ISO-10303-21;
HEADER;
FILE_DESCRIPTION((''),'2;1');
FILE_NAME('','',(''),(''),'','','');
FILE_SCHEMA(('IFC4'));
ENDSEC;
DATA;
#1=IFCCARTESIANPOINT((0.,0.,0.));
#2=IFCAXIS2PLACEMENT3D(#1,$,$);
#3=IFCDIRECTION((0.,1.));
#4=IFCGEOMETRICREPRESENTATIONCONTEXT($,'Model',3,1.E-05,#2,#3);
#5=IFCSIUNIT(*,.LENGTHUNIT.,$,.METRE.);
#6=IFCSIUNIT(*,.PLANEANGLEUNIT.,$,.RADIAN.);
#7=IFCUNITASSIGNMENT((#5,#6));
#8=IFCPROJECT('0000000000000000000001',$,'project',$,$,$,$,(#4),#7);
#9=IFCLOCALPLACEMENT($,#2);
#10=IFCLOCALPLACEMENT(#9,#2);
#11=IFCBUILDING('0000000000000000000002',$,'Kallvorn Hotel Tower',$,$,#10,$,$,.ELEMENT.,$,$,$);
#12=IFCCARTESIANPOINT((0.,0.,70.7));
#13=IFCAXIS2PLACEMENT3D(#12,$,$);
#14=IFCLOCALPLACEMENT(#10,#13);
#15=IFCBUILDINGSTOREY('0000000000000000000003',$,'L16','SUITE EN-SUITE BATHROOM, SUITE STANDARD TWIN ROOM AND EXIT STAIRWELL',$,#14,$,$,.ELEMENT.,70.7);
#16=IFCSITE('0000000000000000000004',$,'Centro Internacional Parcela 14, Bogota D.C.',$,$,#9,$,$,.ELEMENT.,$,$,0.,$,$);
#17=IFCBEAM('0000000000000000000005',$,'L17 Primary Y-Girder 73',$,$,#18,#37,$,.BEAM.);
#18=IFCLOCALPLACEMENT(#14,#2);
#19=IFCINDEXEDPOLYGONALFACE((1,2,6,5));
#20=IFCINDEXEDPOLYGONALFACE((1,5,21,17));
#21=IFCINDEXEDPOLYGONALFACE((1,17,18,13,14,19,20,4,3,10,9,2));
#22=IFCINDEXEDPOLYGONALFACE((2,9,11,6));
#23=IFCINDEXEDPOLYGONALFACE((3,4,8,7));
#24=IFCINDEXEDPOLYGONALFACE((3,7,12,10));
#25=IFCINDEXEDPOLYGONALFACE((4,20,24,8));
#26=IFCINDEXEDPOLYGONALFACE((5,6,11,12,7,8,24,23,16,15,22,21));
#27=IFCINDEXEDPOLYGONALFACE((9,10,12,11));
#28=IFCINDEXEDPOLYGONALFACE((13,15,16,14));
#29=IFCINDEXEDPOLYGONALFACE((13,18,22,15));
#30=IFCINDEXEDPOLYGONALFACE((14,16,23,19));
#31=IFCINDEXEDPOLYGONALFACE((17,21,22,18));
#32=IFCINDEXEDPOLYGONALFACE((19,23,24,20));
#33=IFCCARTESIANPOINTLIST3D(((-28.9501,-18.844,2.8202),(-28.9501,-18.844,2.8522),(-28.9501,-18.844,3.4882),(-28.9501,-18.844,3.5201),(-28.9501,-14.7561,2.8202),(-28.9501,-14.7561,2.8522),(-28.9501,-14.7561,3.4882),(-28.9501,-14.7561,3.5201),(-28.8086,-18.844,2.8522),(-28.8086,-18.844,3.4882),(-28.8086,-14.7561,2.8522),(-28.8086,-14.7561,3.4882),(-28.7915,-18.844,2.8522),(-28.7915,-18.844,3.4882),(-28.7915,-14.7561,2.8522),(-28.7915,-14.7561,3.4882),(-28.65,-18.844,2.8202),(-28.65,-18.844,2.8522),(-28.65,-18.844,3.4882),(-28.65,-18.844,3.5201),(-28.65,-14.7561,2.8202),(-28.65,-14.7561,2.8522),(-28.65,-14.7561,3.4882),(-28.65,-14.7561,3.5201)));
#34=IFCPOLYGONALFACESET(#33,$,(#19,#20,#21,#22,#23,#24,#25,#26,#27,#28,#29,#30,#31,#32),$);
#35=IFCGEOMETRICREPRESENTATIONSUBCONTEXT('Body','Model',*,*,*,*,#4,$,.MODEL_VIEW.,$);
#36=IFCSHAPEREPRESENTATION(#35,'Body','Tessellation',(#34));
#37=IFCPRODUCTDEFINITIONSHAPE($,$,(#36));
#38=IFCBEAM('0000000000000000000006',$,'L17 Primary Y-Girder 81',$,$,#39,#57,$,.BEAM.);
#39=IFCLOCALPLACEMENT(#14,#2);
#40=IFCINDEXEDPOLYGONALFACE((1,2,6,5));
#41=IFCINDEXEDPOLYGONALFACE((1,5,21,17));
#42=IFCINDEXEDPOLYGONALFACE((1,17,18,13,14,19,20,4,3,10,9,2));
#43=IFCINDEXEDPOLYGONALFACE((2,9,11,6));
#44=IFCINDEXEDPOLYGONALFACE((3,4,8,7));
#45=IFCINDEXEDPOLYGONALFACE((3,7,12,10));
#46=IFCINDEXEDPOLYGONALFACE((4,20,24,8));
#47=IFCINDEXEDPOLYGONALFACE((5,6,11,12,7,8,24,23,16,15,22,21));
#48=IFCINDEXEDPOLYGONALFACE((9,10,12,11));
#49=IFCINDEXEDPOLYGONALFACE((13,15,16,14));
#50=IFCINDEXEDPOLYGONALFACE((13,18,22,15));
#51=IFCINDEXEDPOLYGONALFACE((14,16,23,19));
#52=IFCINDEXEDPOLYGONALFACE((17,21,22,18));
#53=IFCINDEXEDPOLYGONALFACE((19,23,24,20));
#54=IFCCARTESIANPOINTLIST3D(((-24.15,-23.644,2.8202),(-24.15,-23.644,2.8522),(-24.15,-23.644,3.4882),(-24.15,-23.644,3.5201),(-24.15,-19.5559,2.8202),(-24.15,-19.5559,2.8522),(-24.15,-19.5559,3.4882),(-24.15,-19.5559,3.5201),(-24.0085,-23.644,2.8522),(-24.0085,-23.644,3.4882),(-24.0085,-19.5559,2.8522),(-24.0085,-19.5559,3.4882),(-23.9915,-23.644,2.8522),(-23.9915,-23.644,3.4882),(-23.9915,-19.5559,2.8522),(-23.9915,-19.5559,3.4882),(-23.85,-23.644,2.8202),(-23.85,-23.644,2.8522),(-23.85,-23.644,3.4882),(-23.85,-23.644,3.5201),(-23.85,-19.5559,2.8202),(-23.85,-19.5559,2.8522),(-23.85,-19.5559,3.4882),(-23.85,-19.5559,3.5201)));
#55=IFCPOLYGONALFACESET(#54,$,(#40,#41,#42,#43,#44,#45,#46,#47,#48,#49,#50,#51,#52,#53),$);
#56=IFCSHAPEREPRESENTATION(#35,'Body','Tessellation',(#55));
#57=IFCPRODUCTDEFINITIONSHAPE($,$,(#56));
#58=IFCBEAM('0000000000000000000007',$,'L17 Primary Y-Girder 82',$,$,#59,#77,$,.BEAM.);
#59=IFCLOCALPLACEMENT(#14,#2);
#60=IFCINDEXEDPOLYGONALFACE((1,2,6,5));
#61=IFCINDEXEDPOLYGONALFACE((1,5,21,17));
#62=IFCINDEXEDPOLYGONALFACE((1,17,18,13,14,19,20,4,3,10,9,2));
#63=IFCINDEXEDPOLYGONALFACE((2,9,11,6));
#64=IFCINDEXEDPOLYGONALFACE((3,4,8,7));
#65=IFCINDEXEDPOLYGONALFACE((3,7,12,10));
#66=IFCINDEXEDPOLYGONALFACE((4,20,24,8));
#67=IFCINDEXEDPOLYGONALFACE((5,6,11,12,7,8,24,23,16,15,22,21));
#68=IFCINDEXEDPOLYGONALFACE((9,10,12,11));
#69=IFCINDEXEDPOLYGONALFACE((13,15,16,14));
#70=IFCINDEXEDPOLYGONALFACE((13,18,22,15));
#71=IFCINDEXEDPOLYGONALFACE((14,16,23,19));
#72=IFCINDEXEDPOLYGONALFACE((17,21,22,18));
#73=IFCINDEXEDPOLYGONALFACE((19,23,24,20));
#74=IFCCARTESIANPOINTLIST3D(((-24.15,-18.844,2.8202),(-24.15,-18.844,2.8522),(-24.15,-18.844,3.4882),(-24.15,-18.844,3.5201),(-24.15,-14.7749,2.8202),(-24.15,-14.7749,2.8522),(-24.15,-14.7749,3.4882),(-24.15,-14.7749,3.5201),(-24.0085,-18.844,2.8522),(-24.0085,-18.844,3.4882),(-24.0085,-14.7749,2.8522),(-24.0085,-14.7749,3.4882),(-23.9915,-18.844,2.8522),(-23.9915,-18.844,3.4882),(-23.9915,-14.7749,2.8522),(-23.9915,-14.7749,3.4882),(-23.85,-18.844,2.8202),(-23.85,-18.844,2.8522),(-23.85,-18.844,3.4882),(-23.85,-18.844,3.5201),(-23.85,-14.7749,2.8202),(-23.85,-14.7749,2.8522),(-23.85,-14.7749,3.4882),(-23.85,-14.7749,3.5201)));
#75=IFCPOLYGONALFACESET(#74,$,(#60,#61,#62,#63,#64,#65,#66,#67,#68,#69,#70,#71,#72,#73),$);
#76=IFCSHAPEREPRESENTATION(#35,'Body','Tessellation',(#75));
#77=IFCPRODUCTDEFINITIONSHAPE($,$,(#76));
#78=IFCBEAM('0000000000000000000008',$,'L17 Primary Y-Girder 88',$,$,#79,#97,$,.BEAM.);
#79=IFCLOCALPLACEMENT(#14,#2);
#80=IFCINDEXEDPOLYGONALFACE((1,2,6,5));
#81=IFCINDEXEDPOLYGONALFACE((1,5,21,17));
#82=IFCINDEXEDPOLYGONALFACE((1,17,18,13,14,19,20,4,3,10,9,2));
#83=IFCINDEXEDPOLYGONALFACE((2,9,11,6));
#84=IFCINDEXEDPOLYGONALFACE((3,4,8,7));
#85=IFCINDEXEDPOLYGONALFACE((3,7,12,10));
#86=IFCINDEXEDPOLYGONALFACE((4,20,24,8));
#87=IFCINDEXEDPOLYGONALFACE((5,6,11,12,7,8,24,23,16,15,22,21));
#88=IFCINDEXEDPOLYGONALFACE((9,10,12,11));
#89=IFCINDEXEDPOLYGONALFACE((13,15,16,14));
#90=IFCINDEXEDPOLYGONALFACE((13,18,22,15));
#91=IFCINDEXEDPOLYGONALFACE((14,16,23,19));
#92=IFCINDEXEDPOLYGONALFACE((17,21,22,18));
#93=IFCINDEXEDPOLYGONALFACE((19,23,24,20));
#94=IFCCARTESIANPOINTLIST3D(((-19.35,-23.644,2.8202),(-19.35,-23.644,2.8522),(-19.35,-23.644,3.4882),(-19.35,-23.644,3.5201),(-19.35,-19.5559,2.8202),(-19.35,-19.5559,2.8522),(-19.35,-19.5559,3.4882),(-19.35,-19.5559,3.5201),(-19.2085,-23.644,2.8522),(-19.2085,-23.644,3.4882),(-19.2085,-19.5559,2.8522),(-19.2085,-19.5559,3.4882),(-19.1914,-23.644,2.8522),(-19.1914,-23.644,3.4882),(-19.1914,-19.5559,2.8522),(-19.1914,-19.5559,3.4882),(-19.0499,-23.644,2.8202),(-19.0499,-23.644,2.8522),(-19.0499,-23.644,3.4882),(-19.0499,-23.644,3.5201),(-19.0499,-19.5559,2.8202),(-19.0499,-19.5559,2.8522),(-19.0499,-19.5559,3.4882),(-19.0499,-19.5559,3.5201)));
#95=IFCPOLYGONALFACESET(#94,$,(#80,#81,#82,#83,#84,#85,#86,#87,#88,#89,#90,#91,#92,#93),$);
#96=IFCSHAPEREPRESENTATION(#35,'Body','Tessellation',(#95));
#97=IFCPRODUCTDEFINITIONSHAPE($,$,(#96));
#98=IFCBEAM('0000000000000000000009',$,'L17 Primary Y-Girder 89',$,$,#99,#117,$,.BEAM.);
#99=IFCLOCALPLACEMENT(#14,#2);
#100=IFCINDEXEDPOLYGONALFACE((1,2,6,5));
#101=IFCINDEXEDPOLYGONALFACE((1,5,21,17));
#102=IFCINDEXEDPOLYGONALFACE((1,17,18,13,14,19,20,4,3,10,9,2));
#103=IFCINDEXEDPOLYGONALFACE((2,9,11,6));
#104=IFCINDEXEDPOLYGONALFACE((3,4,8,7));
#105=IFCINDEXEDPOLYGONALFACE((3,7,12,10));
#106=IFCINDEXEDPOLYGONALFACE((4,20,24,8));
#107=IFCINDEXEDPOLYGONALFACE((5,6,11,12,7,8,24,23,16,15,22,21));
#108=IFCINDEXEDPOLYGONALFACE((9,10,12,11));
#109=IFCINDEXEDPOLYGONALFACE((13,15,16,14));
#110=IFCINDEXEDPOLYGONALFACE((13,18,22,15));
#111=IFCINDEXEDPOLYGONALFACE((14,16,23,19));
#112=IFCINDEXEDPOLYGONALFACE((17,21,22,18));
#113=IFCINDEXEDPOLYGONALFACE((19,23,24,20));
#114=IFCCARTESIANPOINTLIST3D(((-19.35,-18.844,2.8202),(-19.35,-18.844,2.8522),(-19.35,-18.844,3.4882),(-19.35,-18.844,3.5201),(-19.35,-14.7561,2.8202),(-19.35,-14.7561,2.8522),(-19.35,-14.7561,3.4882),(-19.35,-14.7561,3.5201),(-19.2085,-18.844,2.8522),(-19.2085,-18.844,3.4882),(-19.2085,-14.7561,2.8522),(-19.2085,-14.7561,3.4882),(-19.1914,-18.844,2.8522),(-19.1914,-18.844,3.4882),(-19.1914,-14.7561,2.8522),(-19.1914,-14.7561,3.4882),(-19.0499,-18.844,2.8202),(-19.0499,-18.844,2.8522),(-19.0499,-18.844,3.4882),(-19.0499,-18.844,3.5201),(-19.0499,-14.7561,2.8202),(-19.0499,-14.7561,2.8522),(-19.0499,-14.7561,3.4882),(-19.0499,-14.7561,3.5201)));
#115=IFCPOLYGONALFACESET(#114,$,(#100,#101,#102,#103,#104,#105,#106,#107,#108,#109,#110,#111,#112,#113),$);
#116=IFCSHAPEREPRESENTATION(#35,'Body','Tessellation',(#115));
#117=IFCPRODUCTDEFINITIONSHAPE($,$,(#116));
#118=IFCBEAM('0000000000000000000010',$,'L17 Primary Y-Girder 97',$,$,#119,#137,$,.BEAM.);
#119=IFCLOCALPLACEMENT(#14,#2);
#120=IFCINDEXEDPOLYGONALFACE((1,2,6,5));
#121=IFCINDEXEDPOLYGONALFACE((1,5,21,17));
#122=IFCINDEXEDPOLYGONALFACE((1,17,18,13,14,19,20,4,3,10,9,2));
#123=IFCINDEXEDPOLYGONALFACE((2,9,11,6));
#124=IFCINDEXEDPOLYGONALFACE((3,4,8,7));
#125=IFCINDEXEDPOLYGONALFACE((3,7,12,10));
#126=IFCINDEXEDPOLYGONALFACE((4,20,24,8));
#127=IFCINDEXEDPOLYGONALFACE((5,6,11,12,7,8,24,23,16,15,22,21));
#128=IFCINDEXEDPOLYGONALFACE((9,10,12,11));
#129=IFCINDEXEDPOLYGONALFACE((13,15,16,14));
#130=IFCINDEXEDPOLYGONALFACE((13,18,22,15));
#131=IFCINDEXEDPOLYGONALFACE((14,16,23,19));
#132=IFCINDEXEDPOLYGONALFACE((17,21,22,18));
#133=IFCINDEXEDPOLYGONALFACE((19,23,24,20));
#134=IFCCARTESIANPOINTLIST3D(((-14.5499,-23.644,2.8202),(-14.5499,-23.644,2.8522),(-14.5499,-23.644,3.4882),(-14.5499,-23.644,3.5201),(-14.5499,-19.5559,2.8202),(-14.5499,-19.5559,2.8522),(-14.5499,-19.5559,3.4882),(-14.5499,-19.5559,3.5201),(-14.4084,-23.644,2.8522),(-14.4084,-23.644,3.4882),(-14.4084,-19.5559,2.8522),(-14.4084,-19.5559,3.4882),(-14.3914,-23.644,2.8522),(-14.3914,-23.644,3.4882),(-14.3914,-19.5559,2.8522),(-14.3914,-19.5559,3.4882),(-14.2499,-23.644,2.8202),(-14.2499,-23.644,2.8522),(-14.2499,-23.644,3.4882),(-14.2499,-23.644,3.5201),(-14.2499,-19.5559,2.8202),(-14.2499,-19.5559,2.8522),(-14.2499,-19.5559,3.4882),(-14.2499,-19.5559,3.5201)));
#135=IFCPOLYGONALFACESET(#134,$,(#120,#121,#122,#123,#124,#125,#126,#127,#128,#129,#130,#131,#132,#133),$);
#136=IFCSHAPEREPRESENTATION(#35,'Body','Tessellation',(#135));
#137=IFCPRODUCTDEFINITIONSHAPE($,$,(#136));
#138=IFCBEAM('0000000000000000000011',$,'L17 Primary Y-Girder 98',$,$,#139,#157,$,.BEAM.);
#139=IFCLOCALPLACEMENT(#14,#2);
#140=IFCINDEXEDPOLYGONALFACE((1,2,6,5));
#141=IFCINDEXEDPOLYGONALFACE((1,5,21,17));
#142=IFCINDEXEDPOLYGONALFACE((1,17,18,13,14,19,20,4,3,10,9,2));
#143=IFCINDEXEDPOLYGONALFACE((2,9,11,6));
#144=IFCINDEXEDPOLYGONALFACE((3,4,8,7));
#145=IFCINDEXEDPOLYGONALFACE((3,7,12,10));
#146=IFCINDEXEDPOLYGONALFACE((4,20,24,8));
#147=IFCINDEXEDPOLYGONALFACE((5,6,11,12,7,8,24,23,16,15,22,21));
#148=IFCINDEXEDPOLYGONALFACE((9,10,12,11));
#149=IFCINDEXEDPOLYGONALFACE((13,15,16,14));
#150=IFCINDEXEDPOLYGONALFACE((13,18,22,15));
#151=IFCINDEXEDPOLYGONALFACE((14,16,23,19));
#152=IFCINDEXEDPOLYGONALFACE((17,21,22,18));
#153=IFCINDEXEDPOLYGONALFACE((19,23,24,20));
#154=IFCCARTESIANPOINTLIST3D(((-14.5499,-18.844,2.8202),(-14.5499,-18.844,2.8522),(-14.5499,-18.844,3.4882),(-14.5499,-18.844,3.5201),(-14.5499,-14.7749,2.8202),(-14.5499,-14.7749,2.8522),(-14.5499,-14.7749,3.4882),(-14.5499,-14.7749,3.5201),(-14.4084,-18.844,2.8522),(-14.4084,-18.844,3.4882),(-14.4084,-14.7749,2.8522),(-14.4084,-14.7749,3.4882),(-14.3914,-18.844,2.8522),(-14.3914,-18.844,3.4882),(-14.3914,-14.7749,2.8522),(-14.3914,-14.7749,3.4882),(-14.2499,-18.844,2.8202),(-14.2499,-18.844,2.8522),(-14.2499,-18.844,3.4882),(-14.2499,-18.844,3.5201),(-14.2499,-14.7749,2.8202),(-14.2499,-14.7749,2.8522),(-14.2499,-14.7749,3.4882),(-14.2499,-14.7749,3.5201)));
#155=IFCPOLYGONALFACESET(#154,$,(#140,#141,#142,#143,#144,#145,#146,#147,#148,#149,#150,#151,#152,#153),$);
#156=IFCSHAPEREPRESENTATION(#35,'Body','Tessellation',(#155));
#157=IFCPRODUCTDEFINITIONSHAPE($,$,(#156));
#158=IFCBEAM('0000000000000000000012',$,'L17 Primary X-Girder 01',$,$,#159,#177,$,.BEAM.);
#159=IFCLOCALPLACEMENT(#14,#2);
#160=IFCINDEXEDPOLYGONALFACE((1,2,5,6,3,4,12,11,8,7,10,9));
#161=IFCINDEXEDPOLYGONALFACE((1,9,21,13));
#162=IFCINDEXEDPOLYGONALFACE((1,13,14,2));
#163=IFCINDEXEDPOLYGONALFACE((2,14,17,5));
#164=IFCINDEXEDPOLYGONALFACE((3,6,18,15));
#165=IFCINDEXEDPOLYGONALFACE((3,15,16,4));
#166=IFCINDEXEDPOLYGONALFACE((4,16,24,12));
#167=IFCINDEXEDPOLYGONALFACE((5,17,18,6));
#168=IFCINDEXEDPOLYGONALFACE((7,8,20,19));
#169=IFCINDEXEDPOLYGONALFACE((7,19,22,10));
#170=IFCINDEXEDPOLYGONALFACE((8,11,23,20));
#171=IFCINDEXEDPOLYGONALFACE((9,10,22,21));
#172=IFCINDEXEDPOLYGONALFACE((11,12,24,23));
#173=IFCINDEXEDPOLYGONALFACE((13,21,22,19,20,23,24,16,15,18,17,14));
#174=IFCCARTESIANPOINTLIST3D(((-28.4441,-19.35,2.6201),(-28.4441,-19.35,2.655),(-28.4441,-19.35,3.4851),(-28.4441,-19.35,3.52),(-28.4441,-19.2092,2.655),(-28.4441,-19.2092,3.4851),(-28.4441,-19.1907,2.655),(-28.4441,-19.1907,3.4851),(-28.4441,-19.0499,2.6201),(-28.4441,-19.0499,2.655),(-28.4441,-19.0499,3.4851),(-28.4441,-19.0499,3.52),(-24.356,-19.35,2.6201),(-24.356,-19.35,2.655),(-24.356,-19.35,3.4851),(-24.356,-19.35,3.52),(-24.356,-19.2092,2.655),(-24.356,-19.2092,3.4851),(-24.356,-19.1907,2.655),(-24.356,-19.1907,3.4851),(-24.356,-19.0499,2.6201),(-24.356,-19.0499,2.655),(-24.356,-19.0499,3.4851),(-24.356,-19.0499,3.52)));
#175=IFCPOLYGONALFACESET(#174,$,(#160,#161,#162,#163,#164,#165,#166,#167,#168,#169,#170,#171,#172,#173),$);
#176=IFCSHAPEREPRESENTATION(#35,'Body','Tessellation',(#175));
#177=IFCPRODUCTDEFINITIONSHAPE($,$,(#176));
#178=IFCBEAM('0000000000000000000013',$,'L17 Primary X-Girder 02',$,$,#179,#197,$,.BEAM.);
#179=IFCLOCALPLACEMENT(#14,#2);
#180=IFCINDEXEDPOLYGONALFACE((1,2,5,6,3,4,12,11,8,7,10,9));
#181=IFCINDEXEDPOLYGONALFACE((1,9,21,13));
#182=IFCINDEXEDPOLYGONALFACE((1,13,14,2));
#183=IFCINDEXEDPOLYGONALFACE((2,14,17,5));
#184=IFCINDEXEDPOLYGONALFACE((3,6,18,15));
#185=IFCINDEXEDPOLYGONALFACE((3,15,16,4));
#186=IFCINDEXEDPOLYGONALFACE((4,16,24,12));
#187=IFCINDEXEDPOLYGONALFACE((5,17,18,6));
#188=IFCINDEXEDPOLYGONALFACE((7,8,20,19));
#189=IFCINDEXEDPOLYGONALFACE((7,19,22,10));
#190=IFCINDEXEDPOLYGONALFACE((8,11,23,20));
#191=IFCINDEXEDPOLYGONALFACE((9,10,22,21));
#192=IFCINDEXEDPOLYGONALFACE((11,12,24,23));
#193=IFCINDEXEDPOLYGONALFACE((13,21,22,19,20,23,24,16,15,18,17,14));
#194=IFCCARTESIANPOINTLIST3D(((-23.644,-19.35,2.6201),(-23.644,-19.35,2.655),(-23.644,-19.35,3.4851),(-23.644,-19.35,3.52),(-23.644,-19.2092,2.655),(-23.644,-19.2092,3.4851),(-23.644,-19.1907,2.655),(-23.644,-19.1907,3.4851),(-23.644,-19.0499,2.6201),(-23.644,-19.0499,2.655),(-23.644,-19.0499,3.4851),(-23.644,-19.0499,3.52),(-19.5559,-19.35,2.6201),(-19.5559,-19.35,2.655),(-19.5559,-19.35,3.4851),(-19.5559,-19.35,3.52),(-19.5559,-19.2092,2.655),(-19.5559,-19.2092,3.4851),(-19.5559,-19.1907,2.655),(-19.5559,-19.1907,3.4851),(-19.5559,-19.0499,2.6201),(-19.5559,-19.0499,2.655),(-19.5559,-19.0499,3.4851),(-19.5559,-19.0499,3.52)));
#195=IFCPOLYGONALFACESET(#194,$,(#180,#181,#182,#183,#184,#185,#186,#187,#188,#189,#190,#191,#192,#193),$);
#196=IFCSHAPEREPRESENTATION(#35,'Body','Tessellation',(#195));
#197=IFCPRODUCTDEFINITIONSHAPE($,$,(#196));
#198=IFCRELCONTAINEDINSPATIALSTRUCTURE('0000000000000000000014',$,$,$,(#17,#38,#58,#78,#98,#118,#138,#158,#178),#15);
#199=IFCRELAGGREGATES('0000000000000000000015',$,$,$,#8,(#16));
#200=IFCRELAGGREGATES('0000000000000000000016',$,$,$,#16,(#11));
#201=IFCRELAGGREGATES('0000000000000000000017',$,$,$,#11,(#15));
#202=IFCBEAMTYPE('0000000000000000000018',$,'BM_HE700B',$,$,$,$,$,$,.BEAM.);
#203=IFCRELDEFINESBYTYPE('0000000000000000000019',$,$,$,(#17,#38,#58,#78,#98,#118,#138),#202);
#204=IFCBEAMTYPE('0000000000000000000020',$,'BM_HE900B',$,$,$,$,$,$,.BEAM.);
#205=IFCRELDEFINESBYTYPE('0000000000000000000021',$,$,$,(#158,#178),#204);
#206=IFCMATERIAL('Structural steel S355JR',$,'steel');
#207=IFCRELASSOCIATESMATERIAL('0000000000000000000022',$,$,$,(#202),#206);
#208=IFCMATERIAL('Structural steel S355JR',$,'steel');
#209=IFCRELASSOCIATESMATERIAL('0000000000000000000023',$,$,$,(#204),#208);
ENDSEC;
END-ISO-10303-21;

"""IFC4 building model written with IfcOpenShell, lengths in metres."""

from ifc_helpers import new_model, si_unit, direction, frame, origin, origin_2d, place, context, subcontext, project, spatial, i_section, extrude, material, material_profile, profile_set, type_object, element, save


model = new_model("IFC4")

# Units and contexts
model_context = context("Model", 3, precision=1e-05, world=origin(), true_north=direction((0.0, 1.0)))
body_context = subcontext(model_context, "Body", "Model", "MODEL_VIEW")
ifc_project = project(units=[si_unit("LENGTHUNIT", "METRE"), si_unit("PLANEANGLEUNIT", "RADIAN")], contexts=[model_context])

# Site, building, storey
site_placement = place(None, origin())
site = spatial("IfcSite", under=ifc_project, at=site_placement, Name="Centro Internacional Parcela 14, Bogota D.C.", CompositionType="ELEMENT", RefElevation=0.0)
building_placement = place(site_placement, origin())
building = spatial("IfcBuilding", under=site, at=building_placement, Name="Kallvorn Hotel Tower", CompositionType="ELEMENT")
storey_placement = place(building_placement, frame((0.0, 0.0, 70.7)))
storey = spatial("IfcBuildingStorey", under=building, at=storey_placement, Name="L16", Description="SUITE EN-SUITE BATHROOM, SUITE STANDARD TWIN ROOM AND EXIT STAIRWELL", CompositionType="ELEMENT", Elevation=70.7)

# Beams
ifc_material_1 = material(Name="Structural steel S355JR", Category="steel")
ifc_material_profile_1 = material_profile(ifc_material_1, i_section(OverallWidth=0.3, OverallDepth=0.7, WebThickness=0.0171, FlangeThickness=0.032, at=origin_2d()), Name="HE 700 B")
ifc_profile_set_1 = profile_set([ifc_material_profile_1], Name="Structural steel S355JR")
beam_type_1 = type_object("IfcBeamType", Name="BM_HE700B", PredefinedType="BEAM", material=ifc_profile_set_1)
beam_1_placement = place(storey_placement, frame((-28.8, -18.844, 3.1702), z_axis=(0.0, 1.0, 0.0), x_axis=(-1.0, 0.0, 0.0)))
element("IfcBeam", 1, at=beam_1_placement, inside=storey, type_object=beam_type_1, Name="L17 Primary Y-Girder 73", PredefinedType="BEAM", context=body_context, shape_type="SweptSolid", body=[
    extrude(i_section(OverallWidth=0.3, OverallDepth=0.7, WebThickness=0.0171, FlangeThickness=0.032, at=origin_2d()), origin(), (0.0, 0.0, 1.0), 4.0879),
])
beam_2_placement = place(storey_placement, frame((-24.0, -23.644, 3.1702), z_axis=(0.0, 1.0, 0.0), x_axis=(-1.0, 0.0, 0.0)))
element("IfcBeam", 2, at=beam_2_placement, inside=storey, type_object=beam_type_1, Name="L17 Primary Y-Girder 81", PredefinedType="BEAM", context=body_context, shape_type="SweptSolid", body=[
    extrude(i_section(OverallWidth=0.3, OverallDepth=0.7, WebThickness=0.0171, FlangeThickness=0.032, at=origin_2d()), origin(), (0.0, 0.0, 1.0), 4.0881),
])
beam_3_placement = place(storey_placement, frame((-24.0, -18.844, 3.1702), z_axis=(0.0, 1.0, 0.0), x_axis=(-1.0, 0.0, 0.0)))
element("IfcBeam", 3, at=beam_3_placement, inside=storey, type_object=beam_type_1, Name="L17 Primary Y-Girder 82", PredefinedType="BEAM", context=body_context, shape_type="SweptSolid", body=[
    extrude(i_section(OverallWidth=0.3, OverallDepth=0.7, WebThickness=0.0171, FlangeThickness=0.032, at=origin_2d()), origin(), (0.0, 0.0, 1.0), 4.0691),
])
beam_4_placement = place(storey_placement, frame((-19.2, -23.644, 3.1702), z_axis=(0.0, 1.0, 0.0), x_axis=(-1.0, 0.0, 0.0)))
element("IfcBeam", 4, at=beam_4_placement, inside=storey, type_object=beam_type_1, Name="L17 Primary Y-Girder 88", PredefinedType="BEAM", context=body_context, shape_type="SweptSolid", body=[
    extrude(i_section(OverallWidth=0.3, OverallDepth=0.7, WebThickness=0.0171, FlangeThickness=0.032, at=origin_2d()), origin(), (0.0, 0.0, 1.0), 4.0881),
])
beam_5_placement = place(storey_placement, frame((-19.2, -18.844, 3.1702), z_axis=(0.0, 1.0, 0.0), x_axis=(-1.0, 0.0, 0.0)))
element("IfcBeam", 5, at=beam_5_placement, inside=storey, type_object=beam_type_1, Name="L17 Primary Y-Girder 89", PredefinedType="BEAM", context=body_context, shape_type="SweptSolid", body=[
    extrude(i_section(OverallWidth=0.3, OverallDepth=0.7, WebThickness=0.0171, FlangeThickness=0.032, at=origin_2d()), origin(), (0.0, 0.0, 1.0), 4.0879),
])
beam_6_placement = place(storey_placement, frame((-14.3999, -23.644, 3.1702), z_axis=(0.0, 1.0, 0.0), x_axis=(-1.0, 0.0, 0.0)))
element("IfcBeam", 6, at=beam_6_placement, inside=storey, type_object=beam_type_1, Name="L17 Primary Y-Girder 97", PredefinedType="BEAM", context=body_context, shape_type="SweptSolid", body=[
    extrude(i_section(OverallWidth=0.3, OverallDepth=0.7, WebThickness=0.0171, FlangeThickness=0.032, at=origin_2d()), origin(), (0.0, 0.0, 1.0), 4.0881),
])
beam_7_placement = place(storey_placement, frame((-14.3999, -18.844, 3.1702), z_axis=(0.0, 1.0, 0.0), x_axis=(-1.0, 0.0, 0.0)))
element("IfcBeam", 7, at=beam_7_placement, inside=storey, type_object=beam_type_1, Name="L17 Primary Y-Girder 98", PredefinedType="BEAM", context=body_context, shape_type="SweptSolid", body=[
    extrude(i_section(OverallWidth=0.3, OverallDepth=0.7, WebThickness=0.0171, FlangeThickness=0.032, at=origin_2d()), origin(), (0.0, 0.0, 1.0), 4.0691),
])
ifc_material_2 = material(Name="Structural steel S355JR", Category="steel")
ifc_material_profile_2 = material_profile(ifc_material_2, i_section(OverallWidth=0.3, OverallDepth=0.8999, WebThickness=0.0186, FlangeThickness=0.0349, at=origin_2d()), Name="HE 900 B")
ifc_profile_set_2 = profile_set([ifc_material_profile_2], Name="Structural steel S355JR")
beam_type_2 = type_object("IfcBeamType", Name="BM_HE900B", PredefinedType="BEAM", material=ifc_profile_set_2)
for number, where, z_axis, x_axis, name in (
    (8, (-28.4441, -19.2, 3.0701), (1.0, 0.0, 0.0), (0.0, 1.0, 0.0), "L17 Primary X-Girder 01"),
    (9, (-23.644, -19.2, 3.0701), (1.0, 0.0, 0.0), (0.0, 1.0, 0.0), "L17 Primary X-Girder 02"),
):
    element("IfcBeam", number, at=place(storey_placement, frame(where, z_axis=z_axis, x_axis=x_axis)), inside=storey, type_object=beam_type_2, Name=name, PredefinedType="BEAM", context=body_context, shape_type="SweptSolid", body=[
        extrude(i_section(OverallWidth=0.3, OverallDepth=0.8999, WebThickness=0.0186, FlangeThickness=0.0349, at=origin_2d()), origin(), (0.0, 0.0, 1.0), 4.0881),
    ])

save(model, "model.ifc")
